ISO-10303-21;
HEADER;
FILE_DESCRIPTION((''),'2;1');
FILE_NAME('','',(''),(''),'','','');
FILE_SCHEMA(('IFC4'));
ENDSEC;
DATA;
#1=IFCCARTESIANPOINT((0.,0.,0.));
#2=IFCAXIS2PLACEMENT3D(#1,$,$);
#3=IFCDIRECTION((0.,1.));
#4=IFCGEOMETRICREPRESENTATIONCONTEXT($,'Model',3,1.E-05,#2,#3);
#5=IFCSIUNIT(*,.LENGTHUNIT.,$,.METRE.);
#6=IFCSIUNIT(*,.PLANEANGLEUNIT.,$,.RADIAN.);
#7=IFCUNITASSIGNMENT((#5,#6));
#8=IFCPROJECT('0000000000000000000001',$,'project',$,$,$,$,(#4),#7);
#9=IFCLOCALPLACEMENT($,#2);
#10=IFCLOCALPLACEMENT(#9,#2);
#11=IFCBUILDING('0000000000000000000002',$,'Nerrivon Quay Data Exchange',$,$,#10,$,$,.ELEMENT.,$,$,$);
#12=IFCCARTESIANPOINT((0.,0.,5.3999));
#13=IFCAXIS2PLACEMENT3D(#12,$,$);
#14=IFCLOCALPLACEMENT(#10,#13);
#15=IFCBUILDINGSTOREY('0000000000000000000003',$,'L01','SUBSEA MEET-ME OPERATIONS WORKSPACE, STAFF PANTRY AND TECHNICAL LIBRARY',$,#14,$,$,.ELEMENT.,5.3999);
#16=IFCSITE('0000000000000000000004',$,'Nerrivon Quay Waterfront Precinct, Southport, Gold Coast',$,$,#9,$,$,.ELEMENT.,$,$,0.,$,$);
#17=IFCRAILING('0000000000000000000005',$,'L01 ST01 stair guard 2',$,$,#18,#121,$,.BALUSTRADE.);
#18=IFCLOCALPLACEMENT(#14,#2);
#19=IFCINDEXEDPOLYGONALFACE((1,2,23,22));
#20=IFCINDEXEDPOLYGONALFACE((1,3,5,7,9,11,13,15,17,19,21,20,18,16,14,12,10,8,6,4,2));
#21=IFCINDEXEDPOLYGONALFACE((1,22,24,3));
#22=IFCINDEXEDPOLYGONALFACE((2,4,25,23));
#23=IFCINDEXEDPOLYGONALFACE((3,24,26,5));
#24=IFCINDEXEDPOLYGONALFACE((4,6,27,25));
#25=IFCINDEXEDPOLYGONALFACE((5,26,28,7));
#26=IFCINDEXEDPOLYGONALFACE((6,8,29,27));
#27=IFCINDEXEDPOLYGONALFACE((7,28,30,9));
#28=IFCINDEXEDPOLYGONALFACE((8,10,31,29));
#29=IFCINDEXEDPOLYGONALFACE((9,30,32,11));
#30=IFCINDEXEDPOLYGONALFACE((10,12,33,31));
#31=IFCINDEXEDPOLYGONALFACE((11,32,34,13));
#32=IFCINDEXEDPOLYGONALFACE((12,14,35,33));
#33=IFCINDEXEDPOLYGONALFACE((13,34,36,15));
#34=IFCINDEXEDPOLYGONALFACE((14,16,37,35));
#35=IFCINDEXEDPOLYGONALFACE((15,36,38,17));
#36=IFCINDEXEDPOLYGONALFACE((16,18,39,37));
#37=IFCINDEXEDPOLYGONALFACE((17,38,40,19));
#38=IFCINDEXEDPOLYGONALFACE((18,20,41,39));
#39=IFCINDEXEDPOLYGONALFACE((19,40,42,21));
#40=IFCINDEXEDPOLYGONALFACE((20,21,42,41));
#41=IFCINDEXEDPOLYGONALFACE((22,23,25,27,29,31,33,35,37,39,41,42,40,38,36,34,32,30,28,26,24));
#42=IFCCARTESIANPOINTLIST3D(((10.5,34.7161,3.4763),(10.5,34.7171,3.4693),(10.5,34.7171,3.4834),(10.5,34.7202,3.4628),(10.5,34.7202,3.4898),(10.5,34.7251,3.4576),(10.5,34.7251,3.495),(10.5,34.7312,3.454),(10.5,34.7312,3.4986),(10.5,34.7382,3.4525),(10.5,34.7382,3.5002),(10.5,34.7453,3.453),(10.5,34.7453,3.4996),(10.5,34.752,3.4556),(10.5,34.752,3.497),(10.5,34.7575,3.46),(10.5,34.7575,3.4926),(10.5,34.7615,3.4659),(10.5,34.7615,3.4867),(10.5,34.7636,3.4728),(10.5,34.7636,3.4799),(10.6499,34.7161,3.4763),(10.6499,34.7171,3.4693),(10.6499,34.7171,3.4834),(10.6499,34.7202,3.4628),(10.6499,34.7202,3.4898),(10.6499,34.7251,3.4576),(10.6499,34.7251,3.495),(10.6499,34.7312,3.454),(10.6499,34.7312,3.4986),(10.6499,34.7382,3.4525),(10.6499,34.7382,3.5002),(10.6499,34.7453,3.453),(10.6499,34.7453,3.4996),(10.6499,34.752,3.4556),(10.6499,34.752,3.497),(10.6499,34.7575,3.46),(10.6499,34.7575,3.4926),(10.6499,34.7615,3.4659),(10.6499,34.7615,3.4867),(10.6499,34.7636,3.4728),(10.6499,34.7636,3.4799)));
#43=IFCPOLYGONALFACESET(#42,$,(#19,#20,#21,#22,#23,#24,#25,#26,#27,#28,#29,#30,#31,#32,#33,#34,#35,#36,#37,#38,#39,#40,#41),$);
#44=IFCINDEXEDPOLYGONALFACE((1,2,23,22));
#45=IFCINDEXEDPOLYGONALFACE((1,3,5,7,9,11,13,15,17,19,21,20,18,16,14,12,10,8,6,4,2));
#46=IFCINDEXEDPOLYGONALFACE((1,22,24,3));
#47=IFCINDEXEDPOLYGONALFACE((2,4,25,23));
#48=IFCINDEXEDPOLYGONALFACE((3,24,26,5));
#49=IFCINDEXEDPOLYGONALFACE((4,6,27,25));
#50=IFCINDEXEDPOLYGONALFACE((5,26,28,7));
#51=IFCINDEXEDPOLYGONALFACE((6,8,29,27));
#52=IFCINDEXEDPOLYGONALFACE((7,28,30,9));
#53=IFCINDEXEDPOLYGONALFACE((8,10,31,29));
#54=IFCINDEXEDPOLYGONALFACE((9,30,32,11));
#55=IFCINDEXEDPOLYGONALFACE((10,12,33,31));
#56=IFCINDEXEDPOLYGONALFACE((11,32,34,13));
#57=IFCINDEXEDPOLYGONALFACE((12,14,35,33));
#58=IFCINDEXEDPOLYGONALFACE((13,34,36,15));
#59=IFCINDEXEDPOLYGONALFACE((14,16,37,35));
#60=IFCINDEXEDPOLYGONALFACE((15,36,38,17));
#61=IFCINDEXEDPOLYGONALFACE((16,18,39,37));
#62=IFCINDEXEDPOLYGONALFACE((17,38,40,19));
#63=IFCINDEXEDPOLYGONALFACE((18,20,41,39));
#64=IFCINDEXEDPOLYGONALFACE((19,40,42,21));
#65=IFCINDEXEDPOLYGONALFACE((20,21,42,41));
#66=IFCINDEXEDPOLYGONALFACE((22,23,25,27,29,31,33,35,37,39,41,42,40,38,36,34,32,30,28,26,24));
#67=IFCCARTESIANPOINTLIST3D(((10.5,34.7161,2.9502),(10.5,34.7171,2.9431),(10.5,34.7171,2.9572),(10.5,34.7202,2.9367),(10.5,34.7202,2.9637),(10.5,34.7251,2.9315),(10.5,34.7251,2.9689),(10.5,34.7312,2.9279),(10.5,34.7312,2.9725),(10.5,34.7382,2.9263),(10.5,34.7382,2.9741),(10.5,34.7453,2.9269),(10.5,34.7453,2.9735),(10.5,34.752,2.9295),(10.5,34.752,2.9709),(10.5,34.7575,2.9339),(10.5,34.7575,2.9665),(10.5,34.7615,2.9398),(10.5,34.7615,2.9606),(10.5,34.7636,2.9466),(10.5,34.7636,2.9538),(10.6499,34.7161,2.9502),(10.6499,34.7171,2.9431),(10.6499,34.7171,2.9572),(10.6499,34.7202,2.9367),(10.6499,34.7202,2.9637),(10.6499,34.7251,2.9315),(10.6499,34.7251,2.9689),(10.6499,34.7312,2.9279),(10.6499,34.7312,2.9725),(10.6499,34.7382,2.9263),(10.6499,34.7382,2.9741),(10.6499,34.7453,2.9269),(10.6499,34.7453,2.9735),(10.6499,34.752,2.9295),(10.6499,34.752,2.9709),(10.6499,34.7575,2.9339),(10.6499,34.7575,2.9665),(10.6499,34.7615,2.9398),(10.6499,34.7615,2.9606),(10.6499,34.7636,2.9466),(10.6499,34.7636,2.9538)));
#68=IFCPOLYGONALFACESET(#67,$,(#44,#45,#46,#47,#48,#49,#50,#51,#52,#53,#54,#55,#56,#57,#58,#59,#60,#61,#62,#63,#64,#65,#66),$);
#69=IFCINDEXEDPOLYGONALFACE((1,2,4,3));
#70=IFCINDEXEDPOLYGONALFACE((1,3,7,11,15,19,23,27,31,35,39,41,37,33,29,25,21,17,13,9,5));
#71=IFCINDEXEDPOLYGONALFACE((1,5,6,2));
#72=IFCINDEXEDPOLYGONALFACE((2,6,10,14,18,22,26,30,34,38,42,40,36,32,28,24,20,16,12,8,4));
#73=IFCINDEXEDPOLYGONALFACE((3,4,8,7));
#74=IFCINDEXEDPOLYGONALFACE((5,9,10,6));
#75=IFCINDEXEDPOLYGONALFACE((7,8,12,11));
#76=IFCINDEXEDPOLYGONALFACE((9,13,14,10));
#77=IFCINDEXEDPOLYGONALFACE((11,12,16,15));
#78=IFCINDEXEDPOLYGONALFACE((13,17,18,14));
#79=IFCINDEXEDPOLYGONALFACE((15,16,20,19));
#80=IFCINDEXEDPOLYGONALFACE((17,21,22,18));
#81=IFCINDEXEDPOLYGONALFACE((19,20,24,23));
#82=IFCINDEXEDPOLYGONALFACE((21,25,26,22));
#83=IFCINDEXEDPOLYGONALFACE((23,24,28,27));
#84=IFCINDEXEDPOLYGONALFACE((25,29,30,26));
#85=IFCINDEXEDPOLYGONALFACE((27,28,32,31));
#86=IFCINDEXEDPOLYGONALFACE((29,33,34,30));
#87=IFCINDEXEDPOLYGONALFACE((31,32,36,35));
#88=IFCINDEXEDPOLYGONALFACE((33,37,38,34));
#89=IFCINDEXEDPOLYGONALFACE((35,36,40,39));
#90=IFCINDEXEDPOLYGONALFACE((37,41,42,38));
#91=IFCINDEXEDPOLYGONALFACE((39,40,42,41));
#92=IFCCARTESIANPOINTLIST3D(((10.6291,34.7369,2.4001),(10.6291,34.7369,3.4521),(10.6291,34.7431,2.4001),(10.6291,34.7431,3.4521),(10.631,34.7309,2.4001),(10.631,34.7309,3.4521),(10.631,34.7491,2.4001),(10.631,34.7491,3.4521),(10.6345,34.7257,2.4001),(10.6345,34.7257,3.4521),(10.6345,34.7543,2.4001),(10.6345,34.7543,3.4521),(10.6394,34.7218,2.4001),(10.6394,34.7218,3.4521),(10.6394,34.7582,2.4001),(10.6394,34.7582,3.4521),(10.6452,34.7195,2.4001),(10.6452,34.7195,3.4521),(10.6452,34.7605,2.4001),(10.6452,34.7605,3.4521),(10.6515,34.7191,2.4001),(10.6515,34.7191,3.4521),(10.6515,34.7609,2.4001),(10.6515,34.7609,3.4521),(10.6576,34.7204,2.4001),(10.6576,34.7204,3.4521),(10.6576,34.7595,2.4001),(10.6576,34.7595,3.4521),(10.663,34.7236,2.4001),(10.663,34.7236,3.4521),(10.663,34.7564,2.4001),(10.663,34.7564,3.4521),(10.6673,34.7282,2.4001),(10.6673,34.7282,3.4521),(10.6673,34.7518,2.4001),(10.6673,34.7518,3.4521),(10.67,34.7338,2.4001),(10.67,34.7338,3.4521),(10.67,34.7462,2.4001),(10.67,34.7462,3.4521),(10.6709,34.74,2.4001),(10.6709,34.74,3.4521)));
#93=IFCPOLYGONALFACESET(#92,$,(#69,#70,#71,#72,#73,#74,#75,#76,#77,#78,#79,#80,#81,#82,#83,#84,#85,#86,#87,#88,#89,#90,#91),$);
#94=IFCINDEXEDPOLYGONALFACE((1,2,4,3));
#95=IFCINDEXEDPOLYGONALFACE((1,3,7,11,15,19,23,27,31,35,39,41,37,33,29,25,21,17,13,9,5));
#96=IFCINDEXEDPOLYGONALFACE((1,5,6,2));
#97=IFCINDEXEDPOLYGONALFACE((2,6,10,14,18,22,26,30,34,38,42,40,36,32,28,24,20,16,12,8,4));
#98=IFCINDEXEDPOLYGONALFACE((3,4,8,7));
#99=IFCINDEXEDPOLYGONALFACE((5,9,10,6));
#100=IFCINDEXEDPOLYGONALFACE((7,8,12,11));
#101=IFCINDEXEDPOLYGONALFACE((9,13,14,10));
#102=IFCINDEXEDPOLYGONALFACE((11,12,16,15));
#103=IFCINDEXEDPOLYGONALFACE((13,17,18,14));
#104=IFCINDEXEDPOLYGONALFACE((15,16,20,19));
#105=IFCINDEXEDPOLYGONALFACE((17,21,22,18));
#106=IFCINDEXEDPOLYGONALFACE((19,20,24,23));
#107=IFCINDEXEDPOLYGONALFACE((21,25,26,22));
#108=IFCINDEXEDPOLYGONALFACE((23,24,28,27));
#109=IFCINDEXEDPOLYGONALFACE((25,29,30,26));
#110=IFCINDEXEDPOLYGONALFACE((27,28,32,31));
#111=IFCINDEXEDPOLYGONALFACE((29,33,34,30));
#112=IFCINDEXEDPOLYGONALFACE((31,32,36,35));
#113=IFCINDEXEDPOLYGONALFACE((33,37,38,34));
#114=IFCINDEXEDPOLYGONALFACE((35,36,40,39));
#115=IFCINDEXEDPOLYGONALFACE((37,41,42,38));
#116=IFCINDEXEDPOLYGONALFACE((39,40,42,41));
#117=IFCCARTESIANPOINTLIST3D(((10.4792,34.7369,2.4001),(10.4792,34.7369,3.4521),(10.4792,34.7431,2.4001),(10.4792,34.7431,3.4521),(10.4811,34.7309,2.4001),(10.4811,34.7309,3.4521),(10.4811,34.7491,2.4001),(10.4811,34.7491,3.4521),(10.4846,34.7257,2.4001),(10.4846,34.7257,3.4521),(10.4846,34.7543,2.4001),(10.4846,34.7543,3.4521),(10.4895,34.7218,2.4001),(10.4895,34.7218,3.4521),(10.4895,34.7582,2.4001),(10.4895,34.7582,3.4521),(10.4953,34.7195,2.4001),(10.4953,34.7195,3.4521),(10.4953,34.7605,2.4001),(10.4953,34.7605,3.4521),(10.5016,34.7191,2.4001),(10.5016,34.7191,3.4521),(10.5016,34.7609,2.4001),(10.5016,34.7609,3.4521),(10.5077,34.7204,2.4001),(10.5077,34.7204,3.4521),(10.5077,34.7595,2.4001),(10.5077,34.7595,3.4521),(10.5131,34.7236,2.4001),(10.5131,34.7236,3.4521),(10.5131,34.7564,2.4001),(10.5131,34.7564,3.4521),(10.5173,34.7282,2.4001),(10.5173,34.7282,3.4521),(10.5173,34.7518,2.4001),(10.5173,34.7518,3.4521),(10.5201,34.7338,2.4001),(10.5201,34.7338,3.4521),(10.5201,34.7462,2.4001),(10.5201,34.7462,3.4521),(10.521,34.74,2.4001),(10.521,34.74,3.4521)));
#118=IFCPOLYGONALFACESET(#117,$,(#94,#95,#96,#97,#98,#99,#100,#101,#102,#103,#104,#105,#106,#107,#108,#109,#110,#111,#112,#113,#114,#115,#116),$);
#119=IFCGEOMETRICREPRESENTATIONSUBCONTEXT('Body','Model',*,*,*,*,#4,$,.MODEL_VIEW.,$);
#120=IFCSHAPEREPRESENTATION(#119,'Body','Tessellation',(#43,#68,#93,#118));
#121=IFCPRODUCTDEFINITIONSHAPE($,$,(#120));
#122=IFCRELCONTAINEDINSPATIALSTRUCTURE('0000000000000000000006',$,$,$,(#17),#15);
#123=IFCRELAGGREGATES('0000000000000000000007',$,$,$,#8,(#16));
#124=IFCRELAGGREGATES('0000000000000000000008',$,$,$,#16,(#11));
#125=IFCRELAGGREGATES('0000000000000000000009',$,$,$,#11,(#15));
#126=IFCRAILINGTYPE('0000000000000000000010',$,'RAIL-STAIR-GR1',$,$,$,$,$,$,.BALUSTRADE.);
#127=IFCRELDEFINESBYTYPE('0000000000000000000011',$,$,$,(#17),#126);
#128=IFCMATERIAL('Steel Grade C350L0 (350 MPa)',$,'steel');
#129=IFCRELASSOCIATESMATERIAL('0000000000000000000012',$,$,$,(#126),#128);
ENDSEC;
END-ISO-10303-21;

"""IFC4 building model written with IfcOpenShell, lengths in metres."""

from ifc_helpers import new_model, si_unit, direction, frame, origin, origin_2d, place, context, subcontext, project, spatial, circle, extrude, material, type_object, element, save


model = new_model("IFC4")

# Units and contexts
model_context = context("Model", 3, precision=1e-05, world=origin(), true_north=direction((0.0, 1.0)))
body_context = subcontext(model_context, "Body", "Model", "MODEL_VIEW")
ifc_project = project(units=[si_unit("LENGTHUNIT", "METRE"), si_unit("PLANEANGLEUNIT", "RADIAN")], contexts=[model_context])

# Site, building, storey
site_placement = place(None, origin())
site = spatial("IfcSite", under=ifc_project, at=site_placement, Name="Nerrivon Quay Waterfront Precinct, Southport, Gold Coast", CompositionType="ELEMENT", RefElevation=0.0)
building_placement = place(site_placement, origin())
building = spatial("IfcBuilding", under=site, at=building_placement, Name="Nerrivon Quay Data Exchange", CompositionType="ELEMENT")
storey_placement = place(building_placement, frame((0.0, 0.0, 5.3999)))
storey = spatial("IfcBuildingStorey", under=building, at=storey_placement, Name="L01", Description="SUBSEA MEET-ME OPERATIONS WORKSPACE, STAFF PANTRY AND TECHNICAL LIBRARY", CompositionType="ELEMENT", Elevation=5.3999)

# Railing
ifc_material_1 = material(Name="Steel Grade C350L0 (350 MPa)", Category="steel")
railing_type_1 = type_object("IfcRailingType", Name="RAIL-STAIR-GR1", PredefinedType="BALUSTRADE", material=ifc_material_1)
railing_1_placement = place(storey_placement, frame((10.6499, 34.74, 2.4001)))
element("IfcRailing", 1, at=railing_1_placement, inside=storey, type_object=railing_type_1, Name="L01 ST01 stair guard 2", PredefinedType="BALUSTRADE", context=body_context, shape_type="SweptSolid", body=[
    extrude(circle(Radius=0.0239, at=origin_2d()), frame((0.0, 0.0, 1.0762), z_axis=(-1.0, 0.0, 0.0), x_axis=(0.0, -1.0, 0.0)), (0.0, 0.0, 1.0), 0.1499),
    extrude(circle(Radius=0.0239, at=origin_2d()), frame((0.0, 0.0, 0.55), z_axis=(-1.0, 0.0, 0.0), x_axis=(0.0, -1.0, 0.0)), (0.0, 0.0, 1.0), 0.1499),
    extrude(circle(Radius=0.021, at=origin_2d()), origin(), (0.0, 0.0, 1.0), 1.052),
    extrude(circle(Radius=0.021, at=origin_2d()), frame((-0.1499, 0.0, 0.0)), (0.0, 0.0, 1.0), 1.052),
])

save(model, "model.ifc")
